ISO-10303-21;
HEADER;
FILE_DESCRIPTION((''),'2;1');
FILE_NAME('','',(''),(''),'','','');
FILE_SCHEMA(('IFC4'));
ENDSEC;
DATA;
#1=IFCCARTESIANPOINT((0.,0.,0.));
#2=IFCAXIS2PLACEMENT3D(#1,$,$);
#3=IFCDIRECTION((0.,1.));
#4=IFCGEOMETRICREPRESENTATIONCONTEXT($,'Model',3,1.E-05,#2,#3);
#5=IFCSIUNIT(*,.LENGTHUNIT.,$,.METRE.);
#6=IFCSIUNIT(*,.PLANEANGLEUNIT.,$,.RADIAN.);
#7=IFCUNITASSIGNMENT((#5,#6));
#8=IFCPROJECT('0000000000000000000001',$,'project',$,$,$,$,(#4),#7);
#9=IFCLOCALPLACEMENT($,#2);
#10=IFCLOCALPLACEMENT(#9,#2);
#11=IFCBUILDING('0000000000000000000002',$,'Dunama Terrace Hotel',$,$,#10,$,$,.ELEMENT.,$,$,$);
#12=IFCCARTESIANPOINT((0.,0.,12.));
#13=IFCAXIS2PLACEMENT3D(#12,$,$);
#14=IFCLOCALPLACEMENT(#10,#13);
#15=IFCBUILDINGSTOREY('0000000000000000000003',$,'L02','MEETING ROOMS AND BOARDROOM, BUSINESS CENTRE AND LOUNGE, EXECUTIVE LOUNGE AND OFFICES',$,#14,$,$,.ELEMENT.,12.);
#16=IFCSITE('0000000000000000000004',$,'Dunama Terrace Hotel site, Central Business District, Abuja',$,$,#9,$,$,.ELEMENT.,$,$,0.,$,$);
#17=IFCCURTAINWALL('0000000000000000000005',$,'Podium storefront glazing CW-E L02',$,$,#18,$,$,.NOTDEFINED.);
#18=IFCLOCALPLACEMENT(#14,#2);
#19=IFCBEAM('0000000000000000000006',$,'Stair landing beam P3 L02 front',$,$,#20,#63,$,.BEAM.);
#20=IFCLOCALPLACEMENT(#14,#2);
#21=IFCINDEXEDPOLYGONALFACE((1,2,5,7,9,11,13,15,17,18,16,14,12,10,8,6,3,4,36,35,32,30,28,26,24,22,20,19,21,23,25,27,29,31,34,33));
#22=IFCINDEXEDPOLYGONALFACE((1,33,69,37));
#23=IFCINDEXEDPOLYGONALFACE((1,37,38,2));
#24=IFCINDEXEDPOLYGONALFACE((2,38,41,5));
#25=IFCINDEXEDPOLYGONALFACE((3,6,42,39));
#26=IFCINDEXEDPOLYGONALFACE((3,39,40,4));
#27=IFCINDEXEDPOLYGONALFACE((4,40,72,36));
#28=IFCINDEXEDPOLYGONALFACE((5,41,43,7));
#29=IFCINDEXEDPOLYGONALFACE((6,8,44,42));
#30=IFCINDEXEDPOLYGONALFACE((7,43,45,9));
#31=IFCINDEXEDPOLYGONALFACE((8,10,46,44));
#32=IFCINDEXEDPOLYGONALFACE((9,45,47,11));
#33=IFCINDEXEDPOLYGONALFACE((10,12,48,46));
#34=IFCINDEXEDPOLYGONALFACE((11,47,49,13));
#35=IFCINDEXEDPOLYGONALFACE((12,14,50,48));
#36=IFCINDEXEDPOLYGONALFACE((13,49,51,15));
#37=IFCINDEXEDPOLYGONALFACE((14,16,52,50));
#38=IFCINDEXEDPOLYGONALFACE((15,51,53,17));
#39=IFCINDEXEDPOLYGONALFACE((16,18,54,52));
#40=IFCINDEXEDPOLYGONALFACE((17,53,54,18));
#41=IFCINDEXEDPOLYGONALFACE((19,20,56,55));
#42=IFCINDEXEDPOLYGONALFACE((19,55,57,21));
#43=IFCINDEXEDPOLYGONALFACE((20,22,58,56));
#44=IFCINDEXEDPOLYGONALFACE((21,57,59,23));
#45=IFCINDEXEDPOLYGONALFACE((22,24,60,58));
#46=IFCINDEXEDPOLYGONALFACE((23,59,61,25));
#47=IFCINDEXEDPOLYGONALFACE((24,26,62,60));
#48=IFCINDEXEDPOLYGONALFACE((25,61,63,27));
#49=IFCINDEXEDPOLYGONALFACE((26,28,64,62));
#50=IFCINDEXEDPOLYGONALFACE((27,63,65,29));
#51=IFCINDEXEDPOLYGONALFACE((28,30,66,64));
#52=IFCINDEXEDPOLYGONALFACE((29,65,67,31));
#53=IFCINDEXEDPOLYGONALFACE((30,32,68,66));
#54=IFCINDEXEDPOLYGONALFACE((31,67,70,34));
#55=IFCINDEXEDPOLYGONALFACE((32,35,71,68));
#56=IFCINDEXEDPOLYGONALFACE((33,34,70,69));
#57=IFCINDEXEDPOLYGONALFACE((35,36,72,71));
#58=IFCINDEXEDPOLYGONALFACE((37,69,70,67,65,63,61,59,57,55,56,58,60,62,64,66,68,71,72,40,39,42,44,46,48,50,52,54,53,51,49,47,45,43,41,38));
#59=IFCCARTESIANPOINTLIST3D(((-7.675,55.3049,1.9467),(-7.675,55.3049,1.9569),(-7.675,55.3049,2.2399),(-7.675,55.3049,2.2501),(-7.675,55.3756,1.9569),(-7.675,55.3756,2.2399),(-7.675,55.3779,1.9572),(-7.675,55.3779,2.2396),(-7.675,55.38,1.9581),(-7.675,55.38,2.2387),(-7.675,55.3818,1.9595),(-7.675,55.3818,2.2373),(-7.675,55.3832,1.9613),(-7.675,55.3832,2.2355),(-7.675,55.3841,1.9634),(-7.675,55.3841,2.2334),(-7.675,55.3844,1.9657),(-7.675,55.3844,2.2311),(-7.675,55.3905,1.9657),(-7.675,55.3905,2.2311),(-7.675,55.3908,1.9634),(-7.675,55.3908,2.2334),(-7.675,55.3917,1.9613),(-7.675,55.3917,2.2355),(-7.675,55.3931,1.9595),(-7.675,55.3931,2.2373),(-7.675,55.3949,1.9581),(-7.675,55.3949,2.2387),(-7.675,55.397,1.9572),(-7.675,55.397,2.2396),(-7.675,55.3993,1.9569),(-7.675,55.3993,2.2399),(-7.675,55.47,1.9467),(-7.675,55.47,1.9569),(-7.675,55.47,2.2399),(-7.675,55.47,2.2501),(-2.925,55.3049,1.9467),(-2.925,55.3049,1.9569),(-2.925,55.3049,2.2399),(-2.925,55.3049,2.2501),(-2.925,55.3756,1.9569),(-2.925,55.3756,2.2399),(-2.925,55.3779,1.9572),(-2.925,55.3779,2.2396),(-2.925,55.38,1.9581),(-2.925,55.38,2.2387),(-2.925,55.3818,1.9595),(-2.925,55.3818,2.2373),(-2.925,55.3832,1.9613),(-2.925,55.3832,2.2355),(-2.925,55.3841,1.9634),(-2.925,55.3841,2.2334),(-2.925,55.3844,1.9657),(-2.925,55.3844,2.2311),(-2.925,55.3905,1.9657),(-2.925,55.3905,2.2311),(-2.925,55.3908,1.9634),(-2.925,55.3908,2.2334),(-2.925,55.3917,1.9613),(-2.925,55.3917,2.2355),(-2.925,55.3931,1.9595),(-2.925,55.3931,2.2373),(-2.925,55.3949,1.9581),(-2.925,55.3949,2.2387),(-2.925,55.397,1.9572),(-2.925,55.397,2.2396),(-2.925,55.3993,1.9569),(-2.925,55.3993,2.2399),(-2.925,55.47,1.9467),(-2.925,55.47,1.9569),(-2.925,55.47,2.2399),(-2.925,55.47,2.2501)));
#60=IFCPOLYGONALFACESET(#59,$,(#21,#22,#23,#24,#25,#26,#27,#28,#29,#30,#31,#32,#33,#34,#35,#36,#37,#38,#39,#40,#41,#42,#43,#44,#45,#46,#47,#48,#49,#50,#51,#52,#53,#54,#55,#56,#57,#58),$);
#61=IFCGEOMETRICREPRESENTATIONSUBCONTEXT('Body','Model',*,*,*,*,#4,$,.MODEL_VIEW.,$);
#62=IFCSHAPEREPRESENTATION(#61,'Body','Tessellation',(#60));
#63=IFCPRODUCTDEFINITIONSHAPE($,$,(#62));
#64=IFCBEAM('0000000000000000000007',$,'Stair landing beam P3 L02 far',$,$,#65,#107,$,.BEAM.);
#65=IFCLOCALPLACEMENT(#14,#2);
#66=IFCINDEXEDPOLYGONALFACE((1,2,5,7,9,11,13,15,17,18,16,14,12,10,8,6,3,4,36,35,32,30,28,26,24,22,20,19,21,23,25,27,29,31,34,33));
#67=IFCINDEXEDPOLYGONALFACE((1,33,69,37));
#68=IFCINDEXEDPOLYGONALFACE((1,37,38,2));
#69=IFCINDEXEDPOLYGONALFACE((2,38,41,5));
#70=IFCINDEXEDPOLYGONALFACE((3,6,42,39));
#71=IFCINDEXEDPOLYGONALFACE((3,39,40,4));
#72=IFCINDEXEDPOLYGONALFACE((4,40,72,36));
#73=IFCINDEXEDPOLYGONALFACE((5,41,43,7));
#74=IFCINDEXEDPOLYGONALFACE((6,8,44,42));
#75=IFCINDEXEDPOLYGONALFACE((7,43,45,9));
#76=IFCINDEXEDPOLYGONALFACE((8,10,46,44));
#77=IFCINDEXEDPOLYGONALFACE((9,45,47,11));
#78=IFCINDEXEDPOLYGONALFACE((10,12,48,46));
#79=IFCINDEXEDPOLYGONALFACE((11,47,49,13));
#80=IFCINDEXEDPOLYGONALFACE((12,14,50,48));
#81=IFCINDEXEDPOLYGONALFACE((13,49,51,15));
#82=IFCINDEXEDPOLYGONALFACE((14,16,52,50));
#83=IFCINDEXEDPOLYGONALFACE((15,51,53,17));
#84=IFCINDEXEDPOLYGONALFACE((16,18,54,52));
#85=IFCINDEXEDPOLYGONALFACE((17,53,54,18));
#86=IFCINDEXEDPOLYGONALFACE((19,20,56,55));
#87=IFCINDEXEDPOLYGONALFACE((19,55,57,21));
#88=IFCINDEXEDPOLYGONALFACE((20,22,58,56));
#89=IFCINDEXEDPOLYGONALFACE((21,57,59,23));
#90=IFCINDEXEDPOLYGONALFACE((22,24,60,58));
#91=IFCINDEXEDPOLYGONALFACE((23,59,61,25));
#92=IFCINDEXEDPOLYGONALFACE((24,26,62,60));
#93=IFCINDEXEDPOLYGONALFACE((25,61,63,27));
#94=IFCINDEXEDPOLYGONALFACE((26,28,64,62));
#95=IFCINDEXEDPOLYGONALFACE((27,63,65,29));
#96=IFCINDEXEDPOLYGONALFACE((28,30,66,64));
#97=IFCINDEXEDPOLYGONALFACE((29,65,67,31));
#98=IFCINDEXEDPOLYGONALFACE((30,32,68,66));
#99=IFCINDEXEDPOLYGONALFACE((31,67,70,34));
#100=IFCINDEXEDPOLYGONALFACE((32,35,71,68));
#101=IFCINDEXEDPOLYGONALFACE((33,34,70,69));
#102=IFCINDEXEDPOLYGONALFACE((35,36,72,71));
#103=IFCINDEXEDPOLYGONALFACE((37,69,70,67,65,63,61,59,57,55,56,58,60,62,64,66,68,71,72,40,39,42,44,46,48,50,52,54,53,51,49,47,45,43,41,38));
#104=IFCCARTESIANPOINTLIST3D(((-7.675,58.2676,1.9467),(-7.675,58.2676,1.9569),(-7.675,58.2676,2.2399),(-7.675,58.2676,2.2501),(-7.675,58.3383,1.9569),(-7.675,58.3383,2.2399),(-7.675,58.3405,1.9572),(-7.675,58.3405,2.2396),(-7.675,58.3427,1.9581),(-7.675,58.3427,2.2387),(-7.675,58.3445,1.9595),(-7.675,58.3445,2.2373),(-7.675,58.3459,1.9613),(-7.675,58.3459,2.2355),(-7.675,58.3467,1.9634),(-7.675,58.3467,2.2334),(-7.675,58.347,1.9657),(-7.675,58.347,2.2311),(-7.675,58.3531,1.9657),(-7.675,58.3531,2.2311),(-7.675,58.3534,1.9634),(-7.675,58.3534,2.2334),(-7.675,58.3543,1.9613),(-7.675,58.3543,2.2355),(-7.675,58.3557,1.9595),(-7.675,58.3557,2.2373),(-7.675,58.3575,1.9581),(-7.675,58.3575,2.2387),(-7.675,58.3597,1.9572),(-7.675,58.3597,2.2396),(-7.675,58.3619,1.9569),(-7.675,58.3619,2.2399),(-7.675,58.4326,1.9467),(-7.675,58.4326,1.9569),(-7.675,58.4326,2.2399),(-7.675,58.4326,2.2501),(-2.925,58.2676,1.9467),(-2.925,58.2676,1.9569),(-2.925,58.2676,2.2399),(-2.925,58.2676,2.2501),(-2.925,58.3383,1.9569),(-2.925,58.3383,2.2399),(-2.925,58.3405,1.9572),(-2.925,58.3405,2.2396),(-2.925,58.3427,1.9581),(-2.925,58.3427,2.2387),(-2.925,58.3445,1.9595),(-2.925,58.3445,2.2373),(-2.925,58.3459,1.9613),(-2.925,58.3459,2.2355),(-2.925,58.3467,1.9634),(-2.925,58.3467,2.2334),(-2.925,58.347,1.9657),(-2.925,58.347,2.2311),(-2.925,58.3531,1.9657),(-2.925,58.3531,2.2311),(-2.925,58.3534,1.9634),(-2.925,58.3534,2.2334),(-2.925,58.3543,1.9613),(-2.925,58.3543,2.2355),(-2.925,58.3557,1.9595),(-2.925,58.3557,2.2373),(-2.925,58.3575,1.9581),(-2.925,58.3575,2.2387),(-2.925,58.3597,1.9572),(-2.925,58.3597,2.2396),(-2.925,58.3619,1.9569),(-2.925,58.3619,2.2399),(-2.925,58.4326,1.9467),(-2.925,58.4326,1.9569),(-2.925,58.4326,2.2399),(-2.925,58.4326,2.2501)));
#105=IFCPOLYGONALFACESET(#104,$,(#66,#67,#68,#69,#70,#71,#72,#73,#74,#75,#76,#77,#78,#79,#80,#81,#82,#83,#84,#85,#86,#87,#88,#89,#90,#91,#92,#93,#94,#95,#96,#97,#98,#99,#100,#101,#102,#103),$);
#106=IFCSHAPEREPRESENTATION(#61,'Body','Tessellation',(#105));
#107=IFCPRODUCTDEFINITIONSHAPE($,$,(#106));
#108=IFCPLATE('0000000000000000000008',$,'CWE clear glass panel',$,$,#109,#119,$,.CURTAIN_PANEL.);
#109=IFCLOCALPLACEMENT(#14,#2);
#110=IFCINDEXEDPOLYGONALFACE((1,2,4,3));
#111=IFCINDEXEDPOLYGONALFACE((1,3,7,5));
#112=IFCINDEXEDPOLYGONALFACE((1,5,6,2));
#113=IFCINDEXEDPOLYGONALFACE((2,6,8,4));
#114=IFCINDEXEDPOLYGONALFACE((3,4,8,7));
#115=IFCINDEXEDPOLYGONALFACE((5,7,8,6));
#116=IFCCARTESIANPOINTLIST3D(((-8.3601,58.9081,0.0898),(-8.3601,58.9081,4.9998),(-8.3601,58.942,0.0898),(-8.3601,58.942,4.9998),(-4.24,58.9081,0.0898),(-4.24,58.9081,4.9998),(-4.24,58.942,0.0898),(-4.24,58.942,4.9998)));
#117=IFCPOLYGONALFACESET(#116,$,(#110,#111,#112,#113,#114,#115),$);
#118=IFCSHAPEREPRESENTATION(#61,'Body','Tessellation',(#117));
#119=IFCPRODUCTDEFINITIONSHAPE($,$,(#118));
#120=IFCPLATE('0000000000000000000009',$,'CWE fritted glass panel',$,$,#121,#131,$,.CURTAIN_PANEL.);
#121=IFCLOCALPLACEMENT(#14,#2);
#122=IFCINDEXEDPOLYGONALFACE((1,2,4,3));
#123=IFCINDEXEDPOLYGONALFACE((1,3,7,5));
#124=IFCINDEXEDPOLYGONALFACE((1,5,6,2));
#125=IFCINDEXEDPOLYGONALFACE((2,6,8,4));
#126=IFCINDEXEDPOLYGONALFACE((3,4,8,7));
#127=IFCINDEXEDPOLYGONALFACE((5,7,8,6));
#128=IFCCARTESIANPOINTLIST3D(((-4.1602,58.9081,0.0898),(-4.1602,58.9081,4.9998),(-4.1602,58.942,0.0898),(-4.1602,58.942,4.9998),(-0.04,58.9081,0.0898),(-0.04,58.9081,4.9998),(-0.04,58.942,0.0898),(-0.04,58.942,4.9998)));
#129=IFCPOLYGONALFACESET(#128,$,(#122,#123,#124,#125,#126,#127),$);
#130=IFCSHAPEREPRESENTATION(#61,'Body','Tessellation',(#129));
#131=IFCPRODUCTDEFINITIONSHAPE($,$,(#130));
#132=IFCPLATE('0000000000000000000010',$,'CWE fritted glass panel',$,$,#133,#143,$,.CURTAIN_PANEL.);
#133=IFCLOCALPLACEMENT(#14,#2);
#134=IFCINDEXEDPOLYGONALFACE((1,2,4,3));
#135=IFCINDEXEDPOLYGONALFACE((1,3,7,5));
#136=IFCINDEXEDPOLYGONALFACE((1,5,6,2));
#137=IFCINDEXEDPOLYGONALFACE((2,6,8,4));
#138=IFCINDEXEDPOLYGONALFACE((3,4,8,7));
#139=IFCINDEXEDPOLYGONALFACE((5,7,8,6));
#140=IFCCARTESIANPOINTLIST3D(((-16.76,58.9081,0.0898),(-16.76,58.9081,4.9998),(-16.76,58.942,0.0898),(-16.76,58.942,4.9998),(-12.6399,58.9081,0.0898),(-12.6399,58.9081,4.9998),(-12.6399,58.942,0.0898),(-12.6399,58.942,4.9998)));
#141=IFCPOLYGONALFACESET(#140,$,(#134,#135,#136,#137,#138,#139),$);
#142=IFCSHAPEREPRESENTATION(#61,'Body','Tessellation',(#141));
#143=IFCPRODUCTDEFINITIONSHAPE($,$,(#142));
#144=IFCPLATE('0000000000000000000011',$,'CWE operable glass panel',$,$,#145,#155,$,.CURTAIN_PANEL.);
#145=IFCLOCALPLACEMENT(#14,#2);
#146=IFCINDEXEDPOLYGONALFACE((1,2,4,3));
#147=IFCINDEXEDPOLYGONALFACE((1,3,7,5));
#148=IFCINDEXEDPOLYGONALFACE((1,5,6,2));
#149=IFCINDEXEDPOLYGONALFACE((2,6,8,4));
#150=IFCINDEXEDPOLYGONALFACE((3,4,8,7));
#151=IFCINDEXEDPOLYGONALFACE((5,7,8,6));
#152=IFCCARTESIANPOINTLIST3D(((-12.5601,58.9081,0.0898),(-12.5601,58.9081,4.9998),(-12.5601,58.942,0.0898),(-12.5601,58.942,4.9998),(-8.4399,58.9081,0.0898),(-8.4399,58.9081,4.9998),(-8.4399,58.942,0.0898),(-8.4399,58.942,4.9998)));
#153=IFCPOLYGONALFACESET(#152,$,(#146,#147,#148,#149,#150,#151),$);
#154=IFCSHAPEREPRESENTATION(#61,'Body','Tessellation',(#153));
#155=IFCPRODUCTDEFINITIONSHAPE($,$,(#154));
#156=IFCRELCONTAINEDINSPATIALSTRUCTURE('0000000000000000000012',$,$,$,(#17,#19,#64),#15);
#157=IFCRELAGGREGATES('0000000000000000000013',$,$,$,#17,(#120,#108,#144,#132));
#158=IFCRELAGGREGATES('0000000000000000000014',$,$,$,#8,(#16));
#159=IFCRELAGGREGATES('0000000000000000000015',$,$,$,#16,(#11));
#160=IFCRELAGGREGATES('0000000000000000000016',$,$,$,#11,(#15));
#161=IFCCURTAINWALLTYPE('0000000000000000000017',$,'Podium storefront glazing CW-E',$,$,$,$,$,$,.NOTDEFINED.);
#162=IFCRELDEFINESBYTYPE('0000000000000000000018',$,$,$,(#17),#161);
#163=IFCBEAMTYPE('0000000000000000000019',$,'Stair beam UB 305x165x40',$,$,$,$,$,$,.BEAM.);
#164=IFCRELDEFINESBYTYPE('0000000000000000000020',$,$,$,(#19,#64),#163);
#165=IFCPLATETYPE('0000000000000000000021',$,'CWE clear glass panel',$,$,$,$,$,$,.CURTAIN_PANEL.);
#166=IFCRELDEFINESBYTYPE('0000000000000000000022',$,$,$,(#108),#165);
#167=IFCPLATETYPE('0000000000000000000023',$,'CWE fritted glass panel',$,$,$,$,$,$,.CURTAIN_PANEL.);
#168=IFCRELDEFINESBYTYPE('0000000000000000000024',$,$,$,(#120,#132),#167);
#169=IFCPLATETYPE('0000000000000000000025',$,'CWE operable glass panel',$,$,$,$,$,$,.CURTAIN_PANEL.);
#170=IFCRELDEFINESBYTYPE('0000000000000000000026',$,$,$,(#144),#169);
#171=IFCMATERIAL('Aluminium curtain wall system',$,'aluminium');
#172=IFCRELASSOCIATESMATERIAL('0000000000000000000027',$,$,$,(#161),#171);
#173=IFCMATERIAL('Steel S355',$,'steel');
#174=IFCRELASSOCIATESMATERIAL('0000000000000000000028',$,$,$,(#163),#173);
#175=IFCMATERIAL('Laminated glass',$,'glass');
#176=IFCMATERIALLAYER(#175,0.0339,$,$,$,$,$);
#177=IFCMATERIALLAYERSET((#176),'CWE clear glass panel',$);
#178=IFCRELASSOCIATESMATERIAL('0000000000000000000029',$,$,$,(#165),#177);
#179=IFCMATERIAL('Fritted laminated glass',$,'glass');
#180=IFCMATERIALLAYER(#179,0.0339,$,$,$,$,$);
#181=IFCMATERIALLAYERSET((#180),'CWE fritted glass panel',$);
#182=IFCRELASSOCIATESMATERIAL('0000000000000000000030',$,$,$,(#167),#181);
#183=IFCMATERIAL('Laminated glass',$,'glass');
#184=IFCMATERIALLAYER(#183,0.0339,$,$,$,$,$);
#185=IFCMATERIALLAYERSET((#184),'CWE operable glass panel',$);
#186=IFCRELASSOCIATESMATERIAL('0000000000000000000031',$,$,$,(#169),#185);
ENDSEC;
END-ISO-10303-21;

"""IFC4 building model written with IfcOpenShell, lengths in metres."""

from ifc_helpers import new_model, si_unit, direction, frame, origin, origin_2d, place, context, subcontext, project, spatial, rectangle, i_section, extrude, material, layer, layer_set, material_profile, profile_set, type_object, element, aggregate, save


model = new_model("IFC4")

# Units and contexts
model_context = context("Model", 3, precision=1e-05, world=origin(), true_north=direction((0.0, 1.0)))
body_context = subcontext(model_context, "Body", "Model", "MODEL_VIEW")
ifc_project = project(units=[si_unit("LENGTHUNIT", "METRE"), si_unit("PLANEANGLEUNIT", "RADIAN")], contexts=[model_context])

# Site, building, storey
site_placement = place(None, origin())
site = spatial("IfcSite", under=ifc_project, at=site_placement, Name="Dunama Terrace Hotel site, Central Business District, Abuja", CompositionType="ELEMENT", RefElevation=0.0)
building_placement = place(site_placement, origin())
building = spatial("IfcBuilding", under=site, at=building_placement, Name="Dunama Terrace Hotel", CompositionType="ELEMENT")
storey_placement = place(building_placement, frame((0.0, 0.0, 12.0)))
storey = spatial("IfcBuildingStorey", under=building, at=storey_placement, Name="L02", Description="MEETING ROOMS AND BOARDROOM, BUSINESS CENTRE AND LOUNGE, EXECUTIVE LOUNGE AND OFFICES", CompositionType="ELEMENT", Elevation=12.0)

# Curtain wall
ifc_material_1 = material(Name="Aluminium curtain wall system", Category="aluminium")
curtain_wall_type = type_object("IfcCurtainWallType", Name="Podium storefront glazing CW-E", PredefinedType="NOTDEFINED", material=ifc_material_1)
curtain_wall_placement = place(storey_placement, origin())
curtain_wall = element("IfcCurtainWall", 1, at=curtain_wall_placement, inside=storey, type_object=curtain_wall_type, Name="Podium storefront glazing CW-E L02", PredefinedType="NOTDEFINED")

# Beams
ifc_material_2 = material(Name="Steel S355", Category="steel")
ifc_material_profile_1 = material_profile(ifc_material_2, i_section(OverallWidth=0.165, OverallDepth=0.3035, WebThickness=0.0061, FlangeThickness=0.0103, FilletRadius=0.0088, at=origin_2d()), Name="UB 305x165x40")
ifc_profile_set_1 = profile_set([ifc_material_profile_1], Name="Steel S355")
beam_type = type_object("IfcBeamType", Name="Stair beam UB 305x165x40", PredefinedType="BEAM", material=ifc_profile_set_1)
for number, where, z_axis, x_axis, name in (
    (2, (-7.675, 55.3875, 2.0984), (1.0, 0.0, 0.0), (0.0, 1.0, 0.0), "Stair landing beam P3 L02 front"),
    (3, (-7.675, 58.3501, 2.0984), (1.0, 0.0, 0.0), (0.0, 1.0, 0.0), "Stair landing beam P3 L02 far"),
):
    element("IfcBeam", number, at=place(storey_placement, frame(where, z_axis=z_axis, x_axis=x_axis)), inside=storey, type_object=beam_type, Name=name, PredefinedType="BEAM", context=body_context, shape_type="SweptSolid", body=[
        extrude(i_section(OverallWidth=0.165, OverallDepth=0.3035, WebThickness=0.0061, FlangeThickness=0.0103, FilletRadius=0.0088, at=origin_2d()), origin(), (0.0, 0.0, 1.0), 4.75),
    ])

# Plates
ifc_material_3 = material(Name="Laminated glass", Category="glass")
ifc_layer_1 = layer(ifc_material_3, 0.0339)
ifc_layer_set_1 = layer_set([ifc_layer_1], Name="CWE clear glass panel")
plate_type_1 = type_object("IfcPlateType", Name="CWE clear glass panel", PredefinedType="CURTAIN_PANEL", material=ifc_layer_set_1)
plate_1_placement = place(storey_placement, frame((-6.3, 58.925, 0.0898), z_axis=(0.0, 0.0, 1.0), x_axis=(-1.0, 0.0, 0.0)))
plate_1 = element("IfcPlate", 4, at=plate_1_placement, type_object=plate_type_1, Name="CWE clear glass panel", PredefinedType="CURTAIN_PANEL", context=body_context, shape_type="SweptSolid", body=[
    extrude(rectangle(XDim=4.1201, YDim=0.0339, at=origin_2d()), origin(), (0.0, 0.0, 1.0), 4.9099),
])
ifc_material_4 = material(Name="Fritted laminated glass", Category="glass")
ifc_layer_2 = layer(ifc_material_4, 0.0339)
ifc_layer_set_2 = layer_set([ifc_layer_2], Name="CWE fritted glass panel")
plate_type_2 = type_object("IfcPlateType", Name="CWE fritted glass panel", PredefinedType="CURTAIN_PANEL", material=ifc_layer_set_2)
plate_2_placement = place(storey_placement, frame((-2.1001, 58.925, 0.0898), z_axis=(0.0, 0.0, 1.0), x_axis=(-1.0, 0.0, 0.0)))
plate_2 = element("IfcPlate", 5, at=plate_2_placement, type_object=plate_type_2, Name="CWE fritted glass panel", PredefinedType="CURTAIN_PANEL", context=body_context, shape_type="SweptSolid", body=[
    extrude(rectangle(XDim=4.1201, YDim=0.0339, at=origin_2d()), origin(), (0.0, 0.0, 1.0), 4.9099),
])
plate_3_placement = place(storey_placement, frame((-14.7, 58.925, 0.0898), z_axis=(0.0, 0.0, 1.0), x_axis=(-1.0, 0.0, 0.0)))
plate_3 = element("IfcPlate", 6, at=plate_3_placement, type_object=plate_type_2, Name="CWE fritted glass panel", PredefinedType="CURTAIN_PANEL", context=body_context, shape_type="SweptSolid", body=[
    extrude(rectangle(XDim=4.1201, YDim=0.0339, at=origin_2d()), origin(), (0.0, 0.0, 1.0), 4.9099),
])
ifc_material_5 = material(Name="Laminated glass", Category="glass")
ifc_layer_3 = layer(ifc_material_5, 0.0339)
ifc_layer_set_3 = layer_set([ifc_layer_3], Name="CWE operable glass panel")
plate_type_3 = type_object("IfcPlateType", Name="CWE operable glass panel", PredefinedType="CURTAIN_PANEL", material=ifc_layer_set_3)
plate_4_placement = place(storey_placement, frame((-10.5, 58.925, 0.0898), z_axis=(0.0, 0.0, 1.0), x_axis=(-1.0, 0.0, 0.0)))
plate_4 = element("IfcPlate", 7, at=plate_4_placement, type_object=plate_type_3, Name="CWE operable glass panel", PredefinedType="CURTAIN_PANEL", context=body_context, shape_type="SweptSolid", body=[
    extrude(rectangle(XDim=4.1201, YDim=0.0339, at=origin_2d()), origin(), (0.0, 0.0, 1.0), 4.9099),
])
aggregate(curtain_wall, [plate_2, plate_1, plate_4, plate_3])

save(model, "model.ifc")
